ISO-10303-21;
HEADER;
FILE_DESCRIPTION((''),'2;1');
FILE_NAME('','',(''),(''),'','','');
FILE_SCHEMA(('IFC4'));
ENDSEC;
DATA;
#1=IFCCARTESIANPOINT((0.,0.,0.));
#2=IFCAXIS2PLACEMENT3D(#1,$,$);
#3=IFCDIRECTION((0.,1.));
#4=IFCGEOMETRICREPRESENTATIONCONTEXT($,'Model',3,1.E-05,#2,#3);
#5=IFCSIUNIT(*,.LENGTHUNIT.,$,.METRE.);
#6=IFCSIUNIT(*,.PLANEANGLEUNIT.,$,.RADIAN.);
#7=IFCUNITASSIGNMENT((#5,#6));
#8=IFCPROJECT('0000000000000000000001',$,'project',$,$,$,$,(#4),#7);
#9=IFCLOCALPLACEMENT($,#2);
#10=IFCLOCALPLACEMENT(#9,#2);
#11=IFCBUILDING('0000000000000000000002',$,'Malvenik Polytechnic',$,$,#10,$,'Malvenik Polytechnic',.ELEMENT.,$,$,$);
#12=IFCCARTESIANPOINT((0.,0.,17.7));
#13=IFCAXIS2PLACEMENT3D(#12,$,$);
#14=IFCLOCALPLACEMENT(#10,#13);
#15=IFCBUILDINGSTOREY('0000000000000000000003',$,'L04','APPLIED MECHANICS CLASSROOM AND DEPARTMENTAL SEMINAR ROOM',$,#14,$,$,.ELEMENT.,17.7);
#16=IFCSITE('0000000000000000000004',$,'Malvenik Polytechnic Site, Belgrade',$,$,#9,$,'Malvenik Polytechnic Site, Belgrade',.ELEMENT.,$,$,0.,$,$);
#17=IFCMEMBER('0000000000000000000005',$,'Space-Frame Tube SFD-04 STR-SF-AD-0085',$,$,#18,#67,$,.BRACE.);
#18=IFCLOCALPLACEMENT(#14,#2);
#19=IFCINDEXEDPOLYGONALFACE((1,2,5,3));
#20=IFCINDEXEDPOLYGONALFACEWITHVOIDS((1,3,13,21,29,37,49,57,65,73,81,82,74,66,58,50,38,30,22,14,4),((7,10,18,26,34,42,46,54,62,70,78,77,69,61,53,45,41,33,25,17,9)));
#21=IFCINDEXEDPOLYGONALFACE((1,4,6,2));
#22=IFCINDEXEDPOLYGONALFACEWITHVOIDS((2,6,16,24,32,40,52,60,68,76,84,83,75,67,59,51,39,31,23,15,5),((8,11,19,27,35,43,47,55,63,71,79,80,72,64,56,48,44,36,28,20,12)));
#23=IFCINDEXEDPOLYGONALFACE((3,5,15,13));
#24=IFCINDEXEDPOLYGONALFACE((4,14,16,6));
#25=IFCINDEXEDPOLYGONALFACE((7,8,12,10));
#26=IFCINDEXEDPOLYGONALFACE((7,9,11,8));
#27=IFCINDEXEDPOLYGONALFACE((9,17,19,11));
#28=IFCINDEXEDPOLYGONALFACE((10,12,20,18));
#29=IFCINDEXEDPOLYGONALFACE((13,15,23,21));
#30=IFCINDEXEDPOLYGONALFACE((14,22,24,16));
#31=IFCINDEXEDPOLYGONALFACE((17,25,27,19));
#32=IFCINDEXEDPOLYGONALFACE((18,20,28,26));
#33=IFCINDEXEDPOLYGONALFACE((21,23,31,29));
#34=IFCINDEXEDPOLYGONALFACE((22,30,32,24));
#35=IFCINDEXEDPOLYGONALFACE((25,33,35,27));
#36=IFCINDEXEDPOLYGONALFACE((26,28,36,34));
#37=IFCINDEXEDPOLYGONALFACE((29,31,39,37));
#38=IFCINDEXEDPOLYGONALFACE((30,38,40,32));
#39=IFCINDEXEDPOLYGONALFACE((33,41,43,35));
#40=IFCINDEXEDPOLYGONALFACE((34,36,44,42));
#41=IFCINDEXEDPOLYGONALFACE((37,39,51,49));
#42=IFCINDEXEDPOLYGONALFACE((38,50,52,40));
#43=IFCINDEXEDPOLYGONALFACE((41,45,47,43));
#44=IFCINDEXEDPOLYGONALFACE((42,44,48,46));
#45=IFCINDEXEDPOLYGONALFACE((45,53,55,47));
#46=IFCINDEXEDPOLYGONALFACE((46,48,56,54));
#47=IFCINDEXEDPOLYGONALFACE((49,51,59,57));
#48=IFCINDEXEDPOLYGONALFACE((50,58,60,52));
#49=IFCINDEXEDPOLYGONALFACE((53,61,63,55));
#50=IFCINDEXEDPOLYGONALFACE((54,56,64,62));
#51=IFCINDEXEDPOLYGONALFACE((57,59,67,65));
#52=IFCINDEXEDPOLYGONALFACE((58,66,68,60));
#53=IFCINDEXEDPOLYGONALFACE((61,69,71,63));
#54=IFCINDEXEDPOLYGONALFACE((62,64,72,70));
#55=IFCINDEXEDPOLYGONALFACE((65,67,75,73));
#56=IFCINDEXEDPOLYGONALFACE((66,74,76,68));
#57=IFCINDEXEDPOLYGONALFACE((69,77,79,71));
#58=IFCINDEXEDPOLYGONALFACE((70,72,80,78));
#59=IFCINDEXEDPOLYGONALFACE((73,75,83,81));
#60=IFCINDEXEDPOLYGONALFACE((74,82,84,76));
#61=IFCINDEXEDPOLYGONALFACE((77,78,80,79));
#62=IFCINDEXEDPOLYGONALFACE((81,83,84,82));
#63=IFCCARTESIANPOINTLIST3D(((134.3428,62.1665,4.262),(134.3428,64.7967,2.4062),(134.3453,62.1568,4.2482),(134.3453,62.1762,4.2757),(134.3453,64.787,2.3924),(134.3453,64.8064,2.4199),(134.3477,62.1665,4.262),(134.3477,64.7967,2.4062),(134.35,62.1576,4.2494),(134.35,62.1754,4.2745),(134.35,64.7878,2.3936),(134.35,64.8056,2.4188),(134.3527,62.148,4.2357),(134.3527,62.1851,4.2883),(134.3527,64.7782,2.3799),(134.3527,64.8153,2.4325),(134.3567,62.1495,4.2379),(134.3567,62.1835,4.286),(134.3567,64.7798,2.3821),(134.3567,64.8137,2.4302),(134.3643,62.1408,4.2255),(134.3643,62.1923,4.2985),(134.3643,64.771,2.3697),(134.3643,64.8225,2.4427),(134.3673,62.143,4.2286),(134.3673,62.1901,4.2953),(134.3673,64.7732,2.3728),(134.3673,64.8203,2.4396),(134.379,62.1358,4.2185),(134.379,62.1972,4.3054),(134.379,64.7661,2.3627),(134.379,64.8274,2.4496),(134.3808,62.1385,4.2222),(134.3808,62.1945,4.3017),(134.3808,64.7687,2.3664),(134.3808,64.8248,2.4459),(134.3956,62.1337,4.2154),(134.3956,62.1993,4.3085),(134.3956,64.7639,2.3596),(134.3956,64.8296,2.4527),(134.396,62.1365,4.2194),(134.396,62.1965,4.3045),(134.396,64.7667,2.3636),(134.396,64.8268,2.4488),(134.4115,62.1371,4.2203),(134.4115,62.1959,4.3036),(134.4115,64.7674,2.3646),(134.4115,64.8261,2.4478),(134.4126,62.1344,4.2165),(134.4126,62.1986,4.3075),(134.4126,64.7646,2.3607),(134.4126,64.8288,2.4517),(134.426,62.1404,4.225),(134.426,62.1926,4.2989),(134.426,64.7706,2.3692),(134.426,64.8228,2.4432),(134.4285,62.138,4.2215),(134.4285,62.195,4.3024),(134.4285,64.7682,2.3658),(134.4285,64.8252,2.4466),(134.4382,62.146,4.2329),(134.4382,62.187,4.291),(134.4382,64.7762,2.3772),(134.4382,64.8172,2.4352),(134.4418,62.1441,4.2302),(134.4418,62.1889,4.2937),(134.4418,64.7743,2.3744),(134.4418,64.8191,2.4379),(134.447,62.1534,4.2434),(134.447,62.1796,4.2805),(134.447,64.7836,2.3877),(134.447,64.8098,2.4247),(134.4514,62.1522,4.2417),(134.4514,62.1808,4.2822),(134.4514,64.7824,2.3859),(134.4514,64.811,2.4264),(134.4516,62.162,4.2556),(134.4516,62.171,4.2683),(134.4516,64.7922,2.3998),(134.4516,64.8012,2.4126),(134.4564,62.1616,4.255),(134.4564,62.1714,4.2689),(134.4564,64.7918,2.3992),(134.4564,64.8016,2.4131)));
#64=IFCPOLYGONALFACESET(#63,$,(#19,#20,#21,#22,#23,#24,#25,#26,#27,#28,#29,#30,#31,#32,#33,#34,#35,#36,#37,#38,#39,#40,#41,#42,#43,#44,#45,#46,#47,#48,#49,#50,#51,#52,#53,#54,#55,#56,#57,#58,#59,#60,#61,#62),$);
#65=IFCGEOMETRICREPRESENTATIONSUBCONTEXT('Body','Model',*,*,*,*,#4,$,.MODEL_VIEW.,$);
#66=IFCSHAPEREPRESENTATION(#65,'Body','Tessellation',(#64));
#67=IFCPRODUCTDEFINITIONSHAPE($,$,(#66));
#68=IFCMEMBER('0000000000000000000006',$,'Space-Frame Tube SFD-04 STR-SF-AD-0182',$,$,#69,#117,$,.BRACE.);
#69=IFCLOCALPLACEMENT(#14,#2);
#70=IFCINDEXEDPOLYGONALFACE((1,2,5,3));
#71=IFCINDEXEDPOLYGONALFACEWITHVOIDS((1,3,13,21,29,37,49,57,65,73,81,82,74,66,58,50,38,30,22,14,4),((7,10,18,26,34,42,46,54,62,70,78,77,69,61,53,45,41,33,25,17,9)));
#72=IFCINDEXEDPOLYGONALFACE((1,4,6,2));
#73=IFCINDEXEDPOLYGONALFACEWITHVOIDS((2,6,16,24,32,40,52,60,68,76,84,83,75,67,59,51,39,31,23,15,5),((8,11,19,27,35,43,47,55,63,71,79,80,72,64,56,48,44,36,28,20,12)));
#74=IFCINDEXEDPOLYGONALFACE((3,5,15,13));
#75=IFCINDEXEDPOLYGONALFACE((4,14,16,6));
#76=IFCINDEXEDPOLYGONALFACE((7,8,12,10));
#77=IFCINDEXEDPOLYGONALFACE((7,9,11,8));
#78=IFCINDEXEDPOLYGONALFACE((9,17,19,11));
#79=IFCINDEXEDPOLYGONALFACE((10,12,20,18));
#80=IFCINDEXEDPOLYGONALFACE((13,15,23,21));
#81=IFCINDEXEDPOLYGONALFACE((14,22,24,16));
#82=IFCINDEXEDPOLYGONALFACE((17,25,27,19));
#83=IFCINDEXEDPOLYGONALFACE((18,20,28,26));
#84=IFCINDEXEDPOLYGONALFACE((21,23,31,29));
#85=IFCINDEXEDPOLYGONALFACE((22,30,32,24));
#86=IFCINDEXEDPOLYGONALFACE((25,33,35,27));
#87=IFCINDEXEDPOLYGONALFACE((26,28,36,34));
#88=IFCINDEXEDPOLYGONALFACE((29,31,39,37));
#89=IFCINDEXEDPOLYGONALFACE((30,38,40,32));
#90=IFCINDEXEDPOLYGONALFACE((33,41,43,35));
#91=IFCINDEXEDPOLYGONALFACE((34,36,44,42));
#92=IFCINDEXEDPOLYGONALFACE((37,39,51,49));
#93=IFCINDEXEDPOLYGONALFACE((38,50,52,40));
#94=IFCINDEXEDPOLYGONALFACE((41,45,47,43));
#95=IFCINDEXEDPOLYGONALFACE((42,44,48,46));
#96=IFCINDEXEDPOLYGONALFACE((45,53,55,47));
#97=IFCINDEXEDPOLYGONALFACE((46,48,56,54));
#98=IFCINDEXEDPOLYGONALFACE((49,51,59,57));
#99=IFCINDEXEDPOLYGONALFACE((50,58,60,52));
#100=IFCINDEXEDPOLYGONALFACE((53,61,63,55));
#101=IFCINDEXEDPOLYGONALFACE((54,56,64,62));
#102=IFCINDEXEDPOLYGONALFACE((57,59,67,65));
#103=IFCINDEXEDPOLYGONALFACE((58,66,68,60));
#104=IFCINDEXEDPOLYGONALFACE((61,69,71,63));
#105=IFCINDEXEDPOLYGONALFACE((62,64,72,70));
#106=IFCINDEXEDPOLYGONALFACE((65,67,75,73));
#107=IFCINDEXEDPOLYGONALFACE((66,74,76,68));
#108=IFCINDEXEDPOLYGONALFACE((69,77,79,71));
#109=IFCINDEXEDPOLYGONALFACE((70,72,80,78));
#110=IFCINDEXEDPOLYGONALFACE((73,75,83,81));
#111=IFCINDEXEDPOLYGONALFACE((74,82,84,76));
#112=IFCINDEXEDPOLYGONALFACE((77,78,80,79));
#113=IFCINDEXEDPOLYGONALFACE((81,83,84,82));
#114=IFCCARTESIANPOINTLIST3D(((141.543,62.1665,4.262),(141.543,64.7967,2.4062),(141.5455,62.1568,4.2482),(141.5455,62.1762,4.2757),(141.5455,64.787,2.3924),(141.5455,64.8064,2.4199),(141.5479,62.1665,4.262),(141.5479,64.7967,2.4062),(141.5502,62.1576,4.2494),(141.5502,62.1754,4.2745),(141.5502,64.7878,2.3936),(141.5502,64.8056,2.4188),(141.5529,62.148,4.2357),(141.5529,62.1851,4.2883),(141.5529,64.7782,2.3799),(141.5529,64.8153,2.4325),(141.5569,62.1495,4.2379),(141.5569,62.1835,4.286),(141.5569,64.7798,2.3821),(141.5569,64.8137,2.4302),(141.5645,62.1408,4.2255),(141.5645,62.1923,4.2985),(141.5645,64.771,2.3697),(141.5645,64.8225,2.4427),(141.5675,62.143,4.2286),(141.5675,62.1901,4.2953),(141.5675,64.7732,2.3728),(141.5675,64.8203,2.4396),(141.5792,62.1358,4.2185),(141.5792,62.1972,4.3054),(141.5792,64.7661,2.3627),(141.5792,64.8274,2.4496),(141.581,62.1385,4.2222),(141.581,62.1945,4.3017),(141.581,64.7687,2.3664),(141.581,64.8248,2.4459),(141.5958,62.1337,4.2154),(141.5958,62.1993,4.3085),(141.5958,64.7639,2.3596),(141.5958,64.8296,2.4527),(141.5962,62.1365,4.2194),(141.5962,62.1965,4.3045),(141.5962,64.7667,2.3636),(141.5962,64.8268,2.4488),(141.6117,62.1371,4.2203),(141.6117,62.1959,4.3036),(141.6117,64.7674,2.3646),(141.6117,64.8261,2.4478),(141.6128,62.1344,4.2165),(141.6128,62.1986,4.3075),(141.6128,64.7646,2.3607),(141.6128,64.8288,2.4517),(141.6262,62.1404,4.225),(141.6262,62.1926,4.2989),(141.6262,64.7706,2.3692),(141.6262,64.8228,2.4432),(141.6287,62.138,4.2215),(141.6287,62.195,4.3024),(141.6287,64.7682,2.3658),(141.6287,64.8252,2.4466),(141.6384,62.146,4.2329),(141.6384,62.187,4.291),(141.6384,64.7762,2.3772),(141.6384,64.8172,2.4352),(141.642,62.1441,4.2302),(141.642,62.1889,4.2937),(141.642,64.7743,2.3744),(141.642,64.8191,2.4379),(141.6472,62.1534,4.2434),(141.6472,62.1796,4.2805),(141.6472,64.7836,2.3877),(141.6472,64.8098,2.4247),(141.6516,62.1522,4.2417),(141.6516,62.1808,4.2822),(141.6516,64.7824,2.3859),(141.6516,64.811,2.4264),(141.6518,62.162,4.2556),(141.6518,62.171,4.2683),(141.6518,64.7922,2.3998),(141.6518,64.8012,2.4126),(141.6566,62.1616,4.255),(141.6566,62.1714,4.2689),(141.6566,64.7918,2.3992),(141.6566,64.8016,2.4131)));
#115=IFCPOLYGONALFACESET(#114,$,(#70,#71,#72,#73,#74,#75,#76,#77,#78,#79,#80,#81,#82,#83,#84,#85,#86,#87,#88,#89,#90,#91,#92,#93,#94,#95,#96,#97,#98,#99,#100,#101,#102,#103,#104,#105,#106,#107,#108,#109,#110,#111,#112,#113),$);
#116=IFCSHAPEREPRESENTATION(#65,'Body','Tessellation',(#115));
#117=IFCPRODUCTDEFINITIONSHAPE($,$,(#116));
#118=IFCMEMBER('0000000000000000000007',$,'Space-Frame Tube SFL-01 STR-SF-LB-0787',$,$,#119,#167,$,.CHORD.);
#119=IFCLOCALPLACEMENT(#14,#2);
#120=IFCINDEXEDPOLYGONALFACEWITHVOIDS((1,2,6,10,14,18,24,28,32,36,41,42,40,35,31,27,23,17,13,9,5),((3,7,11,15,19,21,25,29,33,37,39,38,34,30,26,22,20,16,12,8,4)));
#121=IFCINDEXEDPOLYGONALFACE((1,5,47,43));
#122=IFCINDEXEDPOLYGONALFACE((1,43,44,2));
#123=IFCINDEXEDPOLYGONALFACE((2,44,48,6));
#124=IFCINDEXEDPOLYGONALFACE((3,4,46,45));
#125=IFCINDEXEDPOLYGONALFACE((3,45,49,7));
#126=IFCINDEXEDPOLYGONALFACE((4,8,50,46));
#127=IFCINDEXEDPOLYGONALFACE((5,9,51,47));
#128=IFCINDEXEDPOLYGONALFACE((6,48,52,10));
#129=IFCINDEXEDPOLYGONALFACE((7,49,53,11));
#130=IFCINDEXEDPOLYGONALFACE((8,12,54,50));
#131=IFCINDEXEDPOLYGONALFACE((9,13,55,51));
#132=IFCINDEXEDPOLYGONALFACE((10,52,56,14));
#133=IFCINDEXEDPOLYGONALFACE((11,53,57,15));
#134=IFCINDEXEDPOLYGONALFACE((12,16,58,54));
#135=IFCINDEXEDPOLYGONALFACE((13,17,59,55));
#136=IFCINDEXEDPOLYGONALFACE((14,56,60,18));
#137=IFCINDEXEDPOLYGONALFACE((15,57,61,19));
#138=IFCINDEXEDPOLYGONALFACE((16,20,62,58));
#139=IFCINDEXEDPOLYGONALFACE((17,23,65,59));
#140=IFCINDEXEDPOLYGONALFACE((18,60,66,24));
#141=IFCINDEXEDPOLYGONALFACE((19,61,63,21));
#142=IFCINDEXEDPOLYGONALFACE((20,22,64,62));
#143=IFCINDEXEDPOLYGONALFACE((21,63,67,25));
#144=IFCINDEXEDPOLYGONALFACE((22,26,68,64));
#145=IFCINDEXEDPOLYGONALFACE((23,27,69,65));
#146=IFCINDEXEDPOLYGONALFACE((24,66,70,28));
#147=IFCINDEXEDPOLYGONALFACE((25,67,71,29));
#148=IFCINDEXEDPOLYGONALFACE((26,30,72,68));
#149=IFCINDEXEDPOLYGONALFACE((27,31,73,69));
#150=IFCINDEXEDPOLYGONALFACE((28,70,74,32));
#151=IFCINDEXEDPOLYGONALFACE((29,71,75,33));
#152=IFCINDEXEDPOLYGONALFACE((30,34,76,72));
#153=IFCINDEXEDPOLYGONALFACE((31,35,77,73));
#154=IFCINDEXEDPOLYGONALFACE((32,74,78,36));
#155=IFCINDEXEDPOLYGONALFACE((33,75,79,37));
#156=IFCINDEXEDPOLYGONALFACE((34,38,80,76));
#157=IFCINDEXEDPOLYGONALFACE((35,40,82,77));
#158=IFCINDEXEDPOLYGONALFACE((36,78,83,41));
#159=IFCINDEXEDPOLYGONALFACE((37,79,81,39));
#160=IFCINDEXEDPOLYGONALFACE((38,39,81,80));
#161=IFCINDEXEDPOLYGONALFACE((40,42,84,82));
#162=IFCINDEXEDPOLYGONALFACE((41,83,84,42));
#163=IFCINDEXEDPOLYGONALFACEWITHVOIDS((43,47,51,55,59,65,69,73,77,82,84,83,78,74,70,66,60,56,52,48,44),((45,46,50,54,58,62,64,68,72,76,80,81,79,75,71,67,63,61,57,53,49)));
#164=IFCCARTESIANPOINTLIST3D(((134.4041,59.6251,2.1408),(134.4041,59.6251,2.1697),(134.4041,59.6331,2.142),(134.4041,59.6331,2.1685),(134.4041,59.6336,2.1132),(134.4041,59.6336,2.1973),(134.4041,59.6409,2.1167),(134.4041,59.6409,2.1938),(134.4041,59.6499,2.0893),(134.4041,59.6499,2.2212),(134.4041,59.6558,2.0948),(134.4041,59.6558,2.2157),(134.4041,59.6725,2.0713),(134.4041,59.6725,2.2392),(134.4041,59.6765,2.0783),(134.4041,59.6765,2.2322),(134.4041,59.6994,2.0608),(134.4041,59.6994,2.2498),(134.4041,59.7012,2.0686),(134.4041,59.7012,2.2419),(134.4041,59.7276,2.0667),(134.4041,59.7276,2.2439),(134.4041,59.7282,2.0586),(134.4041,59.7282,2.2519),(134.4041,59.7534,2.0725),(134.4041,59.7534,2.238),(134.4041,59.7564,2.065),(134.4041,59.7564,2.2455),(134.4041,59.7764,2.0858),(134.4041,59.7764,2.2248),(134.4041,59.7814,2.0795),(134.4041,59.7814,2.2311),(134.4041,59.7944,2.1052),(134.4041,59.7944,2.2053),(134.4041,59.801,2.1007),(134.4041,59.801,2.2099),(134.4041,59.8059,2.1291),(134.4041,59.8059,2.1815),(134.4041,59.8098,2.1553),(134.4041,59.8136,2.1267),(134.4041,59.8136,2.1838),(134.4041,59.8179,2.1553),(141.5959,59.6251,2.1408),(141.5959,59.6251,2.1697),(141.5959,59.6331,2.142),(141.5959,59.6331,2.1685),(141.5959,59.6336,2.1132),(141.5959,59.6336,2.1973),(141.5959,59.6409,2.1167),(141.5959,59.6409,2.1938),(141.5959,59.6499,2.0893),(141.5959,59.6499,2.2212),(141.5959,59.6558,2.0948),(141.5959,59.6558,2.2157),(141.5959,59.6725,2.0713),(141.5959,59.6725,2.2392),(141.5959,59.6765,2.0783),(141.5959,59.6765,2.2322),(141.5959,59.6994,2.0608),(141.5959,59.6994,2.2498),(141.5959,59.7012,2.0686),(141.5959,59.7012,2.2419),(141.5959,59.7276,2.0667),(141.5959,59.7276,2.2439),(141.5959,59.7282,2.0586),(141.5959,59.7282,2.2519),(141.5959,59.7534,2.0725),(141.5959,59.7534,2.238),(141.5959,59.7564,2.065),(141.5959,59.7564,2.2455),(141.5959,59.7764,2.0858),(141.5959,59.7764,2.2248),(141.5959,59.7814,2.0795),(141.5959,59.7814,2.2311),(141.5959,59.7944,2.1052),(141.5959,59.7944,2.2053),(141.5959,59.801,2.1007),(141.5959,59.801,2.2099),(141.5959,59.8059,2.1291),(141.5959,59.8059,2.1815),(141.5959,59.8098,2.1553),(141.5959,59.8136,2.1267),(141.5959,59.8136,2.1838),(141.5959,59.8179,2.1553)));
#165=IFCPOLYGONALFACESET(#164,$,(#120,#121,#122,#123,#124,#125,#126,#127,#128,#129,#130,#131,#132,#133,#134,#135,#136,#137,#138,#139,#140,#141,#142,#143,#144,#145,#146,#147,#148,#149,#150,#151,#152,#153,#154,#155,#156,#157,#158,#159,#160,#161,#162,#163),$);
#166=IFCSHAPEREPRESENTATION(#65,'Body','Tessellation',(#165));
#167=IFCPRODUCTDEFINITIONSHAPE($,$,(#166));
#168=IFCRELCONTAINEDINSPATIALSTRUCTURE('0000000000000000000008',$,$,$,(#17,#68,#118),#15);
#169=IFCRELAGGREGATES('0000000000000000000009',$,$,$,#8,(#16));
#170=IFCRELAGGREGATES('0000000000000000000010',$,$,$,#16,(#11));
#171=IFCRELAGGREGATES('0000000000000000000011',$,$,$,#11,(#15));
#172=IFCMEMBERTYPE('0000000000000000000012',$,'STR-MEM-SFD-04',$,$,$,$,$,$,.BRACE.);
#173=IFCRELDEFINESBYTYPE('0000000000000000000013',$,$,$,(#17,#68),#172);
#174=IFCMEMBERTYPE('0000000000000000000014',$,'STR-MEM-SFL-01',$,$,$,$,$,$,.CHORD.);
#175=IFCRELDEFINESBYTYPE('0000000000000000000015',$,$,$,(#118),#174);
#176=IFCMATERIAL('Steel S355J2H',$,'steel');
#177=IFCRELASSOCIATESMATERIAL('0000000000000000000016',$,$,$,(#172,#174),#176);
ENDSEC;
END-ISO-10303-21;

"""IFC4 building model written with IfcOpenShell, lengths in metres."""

from ifc_helpers import new_model, si_unit, direction, frame, origin, origin_2d, place, context, subcontext, project, spatial, hollow_circle, extrude, material, material_profile, profile_set, type_object, element, save


model = new_model("IFC4")

# Units and contexts
model_context = context("Model", 3, precision=1e-05, world=origin(), true_north=direction((0.0, 1.0)))
body_context = subcontext(model_context, "Body", "Model", "MODEL_VIEW")
ifc_project = project(units=[si_unit("LENGTHUNIT", "METRE"), si_unit("PLANEANGLEUNIT", "RADIAN")], contexts=[model_context])

# Site, building, storey
site_placement = place(None, origin())
site = spatial("IfcSite", under=ifc_project, at=site_placement, Name="Malvenik Polytechnic Site, Belgrade", LongName="Malvenik Polytechnic Site, Belgrade", CompositionType="ELEMENT", RefElevation=0.0)
building_placement = place(site_placement, origin())
building = spatial("IfcBuilding", under=site, at=building_placement, Name="Malvenik Polytechnic", LongName="Malvenik Polytechnic", CompositionType="ELEMENT")
storey_placement = place(building_placement, frame((0.0, 0.0, 17.7)))
storey = spatial("IfcBuildingStorey", under=building, at=storey_placement, Name="L04", Description="APPLIED MECHANICS CLASSROOM AND DEPARTMENTAL SEMINAR ROOM", CompositionType="ELEMENT", Elevation=17.7)

# Members
ifc_material = material(Name="Steel S355J2H", Category="steel")
ifc_material_profile_1 = material_profile(ifc_material, hollow_circle(Radius=0.0571, WallThickness=0.0049, at=origin_2d()), Name="CHS 114.3x5.0")
ifc_profile_set_1 = profile_set([ifc_material_profile_1], Name="Steel S355J2H")
member_type_1 = type_object("IfcMemberType", Name="STR-MEM-SFD-04", PredefinedType="BRACE", material=ifc_profile_set_1)
for number, where, z_axis, x_axis, name in (
    (1, (134.3999, 62.1665, 4.262), (0.0, 0.817092, -0.576507), (-1.0, 0.0, 0.0), "Space-Frame Tube SFD-04 STR-SF-AD-0085"),
    (2, (141.6001, 62.1665, 4.262), (0.0, 0.817092, -0.576507), (-1.0, 0.0, 0.0), "Space-Frame Tube SFD-04 STR-SF-AD-0182"),
):
    element("IfcMember", number, at=place(storey_placement, frame(where, z_axis=z_axis, x_axis=x_axis)), inside=storey, type_object=member_type_1, Name=name, PredefinedType="BRACE", context=body_context, shape_type="SweptSolid", body=[
        extrude(hollow_circle(Radius=0.0571, WallThickness=0.0049, at=origin_2d()), origin(), (0.0, 0.0, 1.0), 3.219),
    ])
ifc_material_profile_2 = material_profile(ifc_material, hollow_circle(Radius=0.0969, WallThickness=0.0081, at=origin_2d()), Name="CHS 193.7x8.0")
ifc_profile_set_2 = profile_set([ifc_material_profile_2], Name="Steel S355J2H")
member_type_2 = type_object("IfcMemberType", Name="STR-MEM-SFL-01", PredefinedType="CHORD", material=ifc_profile_set_2)
for number, where, z_axis, x_axis, name in (
    (3, (134.4041, 59.7209, 2.1553), (1.0, 0.0, 0.0), (0.0, 1.0, 0.0), "Space-Frame Tube SFL-01 STR-SF-LB-0787"),
):
    element("IfcMember", number, at=place(storey_placement, frame(where, z_axis=z_axis, x_axis=x_axis)), inside=storey, type_object=member_type_2, Name=name, PredefinedType="CHORD", context=body_context, shape_type="SweptSolid", body=[
        extrude(hollow_circle(Radius=0.0969, WallThickness=0.0081, at=origin_2d()), origin(), (0.0, 0.0, 1.0), 7.1919),
    ])

save(model, "model.ifc")
